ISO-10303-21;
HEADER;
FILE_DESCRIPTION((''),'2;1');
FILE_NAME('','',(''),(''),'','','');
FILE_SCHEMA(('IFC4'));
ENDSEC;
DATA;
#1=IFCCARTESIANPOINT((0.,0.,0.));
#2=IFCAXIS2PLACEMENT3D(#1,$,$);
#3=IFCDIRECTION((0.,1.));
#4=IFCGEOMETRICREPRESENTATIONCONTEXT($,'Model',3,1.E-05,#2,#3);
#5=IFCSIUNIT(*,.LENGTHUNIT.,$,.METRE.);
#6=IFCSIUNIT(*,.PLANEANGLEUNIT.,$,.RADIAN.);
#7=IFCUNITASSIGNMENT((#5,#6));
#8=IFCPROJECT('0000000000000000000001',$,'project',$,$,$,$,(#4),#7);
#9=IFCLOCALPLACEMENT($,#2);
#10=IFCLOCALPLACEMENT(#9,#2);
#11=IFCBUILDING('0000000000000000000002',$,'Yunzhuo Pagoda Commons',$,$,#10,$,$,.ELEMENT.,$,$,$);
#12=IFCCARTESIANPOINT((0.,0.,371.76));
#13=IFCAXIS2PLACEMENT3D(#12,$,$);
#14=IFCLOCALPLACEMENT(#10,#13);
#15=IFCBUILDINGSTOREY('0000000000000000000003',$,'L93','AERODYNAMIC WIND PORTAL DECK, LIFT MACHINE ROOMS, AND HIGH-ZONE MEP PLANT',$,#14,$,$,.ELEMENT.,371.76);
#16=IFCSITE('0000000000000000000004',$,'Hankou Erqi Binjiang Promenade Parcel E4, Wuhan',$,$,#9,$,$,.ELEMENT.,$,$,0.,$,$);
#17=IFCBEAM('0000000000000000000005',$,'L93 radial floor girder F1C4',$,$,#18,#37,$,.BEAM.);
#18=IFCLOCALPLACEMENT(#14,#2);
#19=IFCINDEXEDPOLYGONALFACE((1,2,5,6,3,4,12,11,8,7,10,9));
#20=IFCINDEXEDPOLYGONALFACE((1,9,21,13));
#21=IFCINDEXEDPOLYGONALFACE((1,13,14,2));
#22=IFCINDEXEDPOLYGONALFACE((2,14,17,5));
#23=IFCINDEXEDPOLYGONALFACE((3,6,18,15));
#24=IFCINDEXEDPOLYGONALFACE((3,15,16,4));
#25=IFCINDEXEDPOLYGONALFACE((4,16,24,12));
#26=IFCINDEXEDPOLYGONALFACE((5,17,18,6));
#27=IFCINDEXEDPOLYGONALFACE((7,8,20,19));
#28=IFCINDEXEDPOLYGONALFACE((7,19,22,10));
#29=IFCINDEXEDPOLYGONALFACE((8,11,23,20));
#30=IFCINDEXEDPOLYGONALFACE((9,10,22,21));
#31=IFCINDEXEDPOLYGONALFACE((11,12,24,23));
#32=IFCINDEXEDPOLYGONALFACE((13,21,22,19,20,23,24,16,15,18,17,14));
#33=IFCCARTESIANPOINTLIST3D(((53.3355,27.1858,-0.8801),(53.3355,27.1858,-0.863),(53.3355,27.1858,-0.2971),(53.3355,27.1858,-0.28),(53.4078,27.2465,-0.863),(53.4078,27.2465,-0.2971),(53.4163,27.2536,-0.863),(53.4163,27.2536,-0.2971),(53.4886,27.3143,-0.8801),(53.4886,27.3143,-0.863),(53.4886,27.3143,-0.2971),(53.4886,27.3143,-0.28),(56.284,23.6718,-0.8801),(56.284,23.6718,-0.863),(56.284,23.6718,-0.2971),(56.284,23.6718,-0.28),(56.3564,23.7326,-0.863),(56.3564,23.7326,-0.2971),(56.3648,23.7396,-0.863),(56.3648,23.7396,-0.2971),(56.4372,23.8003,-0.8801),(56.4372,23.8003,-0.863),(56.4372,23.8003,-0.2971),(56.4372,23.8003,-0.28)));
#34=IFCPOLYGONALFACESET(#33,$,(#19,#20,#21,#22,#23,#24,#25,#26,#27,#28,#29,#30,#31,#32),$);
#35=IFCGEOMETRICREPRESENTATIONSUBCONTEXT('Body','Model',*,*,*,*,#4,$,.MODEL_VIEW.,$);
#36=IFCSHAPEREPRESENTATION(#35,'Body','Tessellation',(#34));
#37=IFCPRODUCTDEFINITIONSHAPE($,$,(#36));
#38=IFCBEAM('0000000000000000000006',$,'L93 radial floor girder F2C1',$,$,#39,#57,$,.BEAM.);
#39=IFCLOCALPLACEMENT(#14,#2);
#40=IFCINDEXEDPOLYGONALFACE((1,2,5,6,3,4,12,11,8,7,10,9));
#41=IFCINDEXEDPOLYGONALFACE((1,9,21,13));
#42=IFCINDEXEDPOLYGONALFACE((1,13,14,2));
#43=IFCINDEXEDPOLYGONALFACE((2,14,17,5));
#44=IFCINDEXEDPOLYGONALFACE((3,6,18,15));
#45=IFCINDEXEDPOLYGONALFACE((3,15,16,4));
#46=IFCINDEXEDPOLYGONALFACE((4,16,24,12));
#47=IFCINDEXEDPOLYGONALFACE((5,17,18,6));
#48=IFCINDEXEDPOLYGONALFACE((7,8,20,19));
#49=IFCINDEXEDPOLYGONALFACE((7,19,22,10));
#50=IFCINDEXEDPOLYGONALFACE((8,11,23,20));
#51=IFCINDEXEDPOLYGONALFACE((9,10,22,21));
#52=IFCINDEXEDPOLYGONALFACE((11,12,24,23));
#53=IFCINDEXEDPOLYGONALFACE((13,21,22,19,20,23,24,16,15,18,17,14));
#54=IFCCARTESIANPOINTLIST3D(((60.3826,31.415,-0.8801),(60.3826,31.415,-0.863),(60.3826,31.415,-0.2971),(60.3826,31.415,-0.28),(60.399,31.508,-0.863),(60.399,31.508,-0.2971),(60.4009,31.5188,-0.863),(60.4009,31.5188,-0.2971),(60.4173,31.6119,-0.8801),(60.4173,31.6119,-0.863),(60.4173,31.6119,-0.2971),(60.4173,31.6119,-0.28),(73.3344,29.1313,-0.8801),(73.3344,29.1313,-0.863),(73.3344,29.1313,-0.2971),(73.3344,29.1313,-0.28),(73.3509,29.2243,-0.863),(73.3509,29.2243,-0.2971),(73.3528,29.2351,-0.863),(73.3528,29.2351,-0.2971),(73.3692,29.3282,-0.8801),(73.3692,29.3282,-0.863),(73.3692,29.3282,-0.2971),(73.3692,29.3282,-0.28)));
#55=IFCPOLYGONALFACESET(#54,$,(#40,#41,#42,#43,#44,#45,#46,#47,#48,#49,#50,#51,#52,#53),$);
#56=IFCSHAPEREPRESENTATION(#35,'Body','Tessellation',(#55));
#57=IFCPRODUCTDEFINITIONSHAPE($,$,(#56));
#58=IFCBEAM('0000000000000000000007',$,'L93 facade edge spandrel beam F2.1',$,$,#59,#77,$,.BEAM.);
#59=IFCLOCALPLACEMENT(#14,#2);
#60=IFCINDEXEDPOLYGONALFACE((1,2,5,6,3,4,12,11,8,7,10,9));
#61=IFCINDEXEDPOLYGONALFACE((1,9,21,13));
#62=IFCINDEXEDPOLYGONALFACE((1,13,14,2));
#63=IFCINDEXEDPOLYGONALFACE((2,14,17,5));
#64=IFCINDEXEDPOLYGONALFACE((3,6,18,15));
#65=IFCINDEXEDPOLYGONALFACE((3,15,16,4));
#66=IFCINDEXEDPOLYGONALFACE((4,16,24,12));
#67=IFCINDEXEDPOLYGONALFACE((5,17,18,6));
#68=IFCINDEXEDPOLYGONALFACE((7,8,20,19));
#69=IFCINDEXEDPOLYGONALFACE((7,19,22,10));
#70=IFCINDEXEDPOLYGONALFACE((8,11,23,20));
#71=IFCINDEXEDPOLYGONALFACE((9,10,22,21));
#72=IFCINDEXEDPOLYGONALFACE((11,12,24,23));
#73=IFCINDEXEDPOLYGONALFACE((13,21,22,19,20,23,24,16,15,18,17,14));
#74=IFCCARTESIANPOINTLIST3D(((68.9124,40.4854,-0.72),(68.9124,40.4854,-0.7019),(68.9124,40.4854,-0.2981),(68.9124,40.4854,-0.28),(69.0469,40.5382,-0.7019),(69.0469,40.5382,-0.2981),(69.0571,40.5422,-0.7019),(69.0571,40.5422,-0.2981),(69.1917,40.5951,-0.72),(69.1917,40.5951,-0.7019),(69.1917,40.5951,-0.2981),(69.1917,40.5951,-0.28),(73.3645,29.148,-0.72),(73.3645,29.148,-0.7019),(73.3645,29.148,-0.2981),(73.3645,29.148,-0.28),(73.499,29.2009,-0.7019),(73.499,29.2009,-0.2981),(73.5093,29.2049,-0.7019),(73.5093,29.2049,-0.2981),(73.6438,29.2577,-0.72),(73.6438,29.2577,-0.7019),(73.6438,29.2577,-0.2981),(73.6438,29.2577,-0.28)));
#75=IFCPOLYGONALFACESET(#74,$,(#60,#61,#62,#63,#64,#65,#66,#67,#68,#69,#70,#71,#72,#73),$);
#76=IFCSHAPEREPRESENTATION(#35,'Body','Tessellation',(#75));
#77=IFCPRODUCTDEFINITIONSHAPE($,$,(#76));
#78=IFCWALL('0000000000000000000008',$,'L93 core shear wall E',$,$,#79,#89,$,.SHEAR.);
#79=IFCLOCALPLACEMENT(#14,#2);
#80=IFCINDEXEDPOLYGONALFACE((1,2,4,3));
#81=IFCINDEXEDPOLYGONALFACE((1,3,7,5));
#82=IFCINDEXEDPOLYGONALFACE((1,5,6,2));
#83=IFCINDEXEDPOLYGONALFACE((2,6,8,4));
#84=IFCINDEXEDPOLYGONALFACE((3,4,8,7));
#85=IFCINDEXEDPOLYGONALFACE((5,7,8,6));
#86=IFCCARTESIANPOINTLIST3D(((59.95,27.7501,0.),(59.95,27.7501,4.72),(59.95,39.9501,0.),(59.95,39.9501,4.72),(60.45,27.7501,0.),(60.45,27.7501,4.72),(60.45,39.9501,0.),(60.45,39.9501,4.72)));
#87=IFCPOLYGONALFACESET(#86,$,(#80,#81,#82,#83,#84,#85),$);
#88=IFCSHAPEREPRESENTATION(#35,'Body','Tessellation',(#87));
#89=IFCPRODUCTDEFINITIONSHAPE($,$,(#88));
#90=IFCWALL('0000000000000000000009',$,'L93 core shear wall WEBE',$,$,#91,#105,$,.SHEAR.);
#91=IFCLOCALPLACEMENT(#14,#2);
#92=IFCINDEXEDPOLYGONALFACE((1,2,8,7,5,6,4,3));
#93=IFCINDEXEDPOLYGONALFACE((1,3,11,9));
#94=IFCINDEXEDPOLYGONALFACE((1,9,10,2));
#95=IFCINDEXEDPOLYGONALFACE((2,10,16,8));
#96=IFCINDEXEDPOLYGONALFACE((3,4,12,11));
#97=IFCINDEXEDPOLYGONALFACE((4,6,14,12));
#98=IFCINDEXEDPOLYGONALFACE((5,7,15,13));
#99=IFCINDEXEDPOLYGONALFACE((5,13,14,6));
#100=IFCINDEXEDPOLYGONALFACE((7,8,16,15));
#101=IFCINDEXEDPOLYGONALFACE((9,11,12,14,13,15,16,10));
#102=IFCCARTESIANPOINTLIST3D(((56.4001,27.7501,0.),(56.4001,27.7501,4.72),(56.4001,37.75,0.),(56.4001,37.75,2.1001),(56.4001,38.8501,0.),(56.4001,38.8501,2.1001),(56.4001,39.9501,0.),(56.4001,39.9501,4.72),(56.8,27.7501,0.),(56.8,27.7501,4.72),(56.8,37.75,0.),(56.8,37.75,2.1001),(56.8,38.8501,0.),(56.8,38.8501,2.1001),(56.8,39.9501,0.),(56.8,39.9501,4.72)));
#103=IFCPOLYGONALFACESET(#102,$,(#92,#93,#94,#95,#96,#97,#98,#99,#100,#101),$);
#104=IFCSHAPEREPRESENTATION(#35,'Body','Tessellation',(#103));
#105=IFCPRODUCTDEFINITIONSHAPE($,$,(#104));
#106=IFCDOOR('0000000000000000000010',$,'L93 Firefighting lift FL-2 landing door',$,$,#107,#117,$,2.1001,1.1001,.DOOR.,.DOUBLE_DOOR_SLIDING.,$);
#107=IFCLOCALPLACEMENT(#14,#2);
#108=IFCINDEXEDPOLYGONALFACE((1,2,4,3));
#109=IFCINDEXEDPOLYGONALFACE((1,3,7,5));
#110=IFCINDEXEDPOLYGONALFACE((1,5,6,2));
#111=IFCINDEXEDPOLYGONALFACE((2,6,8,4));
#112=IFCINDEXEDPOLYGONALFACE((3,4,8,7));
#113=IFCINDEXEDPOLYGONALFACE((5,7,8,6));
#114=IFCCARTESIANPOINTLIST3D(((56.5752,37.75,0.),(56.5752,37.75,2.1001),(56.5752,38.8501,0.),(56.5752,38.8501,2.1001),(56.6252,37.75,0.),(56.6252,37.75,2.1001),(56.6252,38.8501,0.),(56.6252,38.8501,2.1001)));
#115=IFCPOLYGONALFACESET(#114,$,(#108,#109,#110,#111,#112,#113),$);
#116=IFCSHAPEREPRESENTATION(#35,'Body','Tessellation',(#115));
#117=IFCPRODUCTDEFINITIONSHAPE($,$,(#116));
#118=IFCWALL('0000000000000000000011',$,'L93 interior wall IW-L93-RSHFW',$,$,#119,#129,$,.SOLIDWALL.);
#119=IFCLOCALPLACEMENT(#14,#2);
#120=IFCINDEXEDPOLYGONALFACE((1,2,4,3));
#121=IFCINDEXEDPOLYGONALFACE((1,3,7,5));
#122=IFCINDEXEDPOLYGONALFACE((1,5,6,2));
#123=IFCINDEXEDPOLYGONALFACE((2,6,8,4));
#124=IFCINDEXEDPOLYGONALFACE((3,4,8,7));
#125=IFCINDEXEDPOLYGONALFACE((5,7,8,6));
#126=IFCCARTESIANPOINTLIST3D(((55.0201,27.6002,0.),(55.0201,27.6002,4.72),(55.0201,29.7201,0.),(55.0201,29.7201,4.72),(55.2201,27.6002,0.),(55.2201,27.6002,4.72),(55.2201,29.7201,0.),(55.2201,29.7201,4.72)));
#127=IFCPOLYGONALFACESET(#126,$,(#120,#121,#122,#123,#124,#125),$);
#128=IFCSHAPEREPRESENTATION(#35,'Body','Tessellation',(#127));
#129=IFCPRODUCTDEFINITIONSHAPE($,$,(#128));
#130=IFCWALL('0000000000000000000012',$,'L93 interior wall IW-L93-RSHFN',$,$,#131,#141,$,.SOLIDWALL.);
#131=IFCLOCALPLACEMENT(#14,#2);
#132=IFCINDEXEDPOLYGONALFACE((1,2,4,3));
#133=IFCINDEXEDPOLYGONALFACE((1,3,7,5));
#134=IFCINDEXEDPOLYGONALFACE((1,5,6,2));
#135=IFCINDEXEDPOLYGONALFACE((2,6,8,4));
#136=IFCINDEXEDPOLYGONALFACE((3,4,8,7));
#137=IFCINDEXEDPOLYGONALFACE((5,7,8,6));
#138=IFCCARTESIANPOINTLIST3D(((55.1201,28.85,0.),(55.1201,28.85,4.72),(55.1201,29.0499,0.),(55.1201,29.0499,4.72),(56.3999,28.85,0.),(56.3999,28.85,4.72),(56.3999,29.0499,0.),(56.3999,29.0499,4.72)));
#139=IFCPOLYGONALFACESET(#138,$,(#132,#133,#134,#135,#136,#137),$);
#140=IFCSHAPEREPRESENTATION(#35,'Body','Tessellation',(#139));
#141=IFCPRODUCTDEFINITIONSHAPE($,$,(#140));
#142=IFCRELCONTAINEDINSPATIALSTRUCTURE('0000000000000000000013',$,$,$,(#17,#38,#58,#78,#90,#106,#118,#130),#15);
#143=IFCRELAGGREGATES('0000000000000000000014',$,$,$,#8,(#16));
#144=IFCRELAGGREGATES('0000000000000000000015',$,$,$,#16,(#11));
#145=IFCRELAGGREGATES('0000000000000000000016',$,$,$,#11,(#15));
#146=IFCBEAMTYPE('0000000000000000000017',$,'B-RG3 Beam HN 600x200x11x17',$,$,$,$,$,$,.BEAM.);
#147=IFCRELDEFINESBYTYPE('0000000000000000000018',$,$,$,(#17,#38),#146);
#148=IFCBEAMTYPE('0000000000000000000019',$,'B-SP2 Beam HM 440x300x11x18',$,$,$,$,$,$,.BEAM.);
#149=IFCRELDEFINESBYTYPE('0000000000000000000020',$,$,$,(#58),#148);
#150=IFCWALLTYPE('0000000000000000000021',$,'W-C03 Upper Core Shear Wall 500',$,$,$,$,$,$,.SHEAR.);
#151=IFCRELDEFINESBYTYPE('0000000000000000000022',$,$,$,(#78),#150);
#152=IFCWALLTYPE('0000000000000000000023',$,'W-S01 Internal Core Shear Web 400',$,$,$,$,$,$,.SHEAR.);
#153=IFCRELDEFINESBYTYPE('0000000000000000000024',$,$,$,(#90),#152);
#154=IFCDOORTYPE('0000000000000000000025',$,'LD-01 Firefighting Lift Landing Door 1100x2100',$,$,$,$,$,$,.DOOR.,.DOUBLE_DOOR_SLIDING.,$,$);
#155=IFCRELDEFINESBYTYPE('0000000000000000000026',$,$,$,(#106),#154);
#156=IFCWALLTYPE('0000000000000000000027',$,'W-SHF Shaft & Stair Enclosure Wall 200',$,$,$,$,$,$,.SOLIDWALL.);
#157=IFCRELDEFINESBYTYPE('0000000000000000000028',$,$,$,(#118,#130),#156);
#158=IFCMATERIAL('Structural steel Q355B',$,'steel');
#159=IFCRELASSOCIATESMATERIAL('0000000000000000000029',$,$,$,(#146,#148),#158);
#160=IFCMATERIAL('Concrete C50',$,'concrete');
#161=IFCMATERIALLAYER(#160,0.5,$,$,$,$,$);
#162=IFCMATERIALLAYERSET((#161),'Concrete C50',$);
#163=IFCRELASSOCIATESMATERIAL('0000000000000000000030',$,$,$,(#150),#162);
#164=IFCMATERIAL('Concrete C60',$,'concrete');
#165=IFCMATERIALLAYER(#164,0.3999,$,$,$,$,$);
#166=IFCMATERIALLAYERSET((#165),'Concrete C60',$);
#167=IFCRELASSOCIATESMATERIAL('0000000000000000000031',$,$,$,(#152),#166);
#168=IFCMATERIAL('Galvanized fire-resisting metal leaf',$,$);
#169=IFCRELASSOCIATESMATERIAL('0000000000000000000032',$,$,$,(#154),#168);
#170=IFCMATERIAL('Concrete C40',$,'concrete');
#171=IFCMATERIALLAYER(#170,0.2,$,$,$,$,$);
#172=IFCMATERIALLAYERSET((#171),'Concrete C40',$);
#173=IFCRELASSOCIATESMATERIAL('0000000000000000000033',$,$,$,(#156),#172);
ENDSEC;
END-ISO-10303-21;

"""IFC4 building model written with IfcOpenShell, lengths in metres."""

from ifc_helpers import new_model, si_unit, direction, frame, frame_2d, origin, origin_with_axes, origin_2d, place, context, subcontext, project, spatial, rectangle, i_section, extrude, source, transform, mapped, material, layer, layer_set, material_profile, profile_set, type_object, element, fill, save


model = new_model("IFC4")

# Units and contexts
model_context = context("Model", 3, precision=1e-05, world=origin(), true_north=direction((0.0, 1.0)))
body_context = subcontext(model_context, "Body", "Model", "MODEL_VIEW")
ifc_project = project(units=[si_unit("LENGTHUNIT", "METRE"), si_unit("PLANEANGLEUNIT", "RADIAN")], contexts=[model_context])

# Site, building, storey
site_placement = place(None, origin())
site = spatial("IfcSite", under=ifc_project, at=site_placement, Name="Hankou Erqi Binjiang Promenade Parcel E4, Wuhan", CompositionType="ELEMENT", RefElevation=0.0)
building_placement = place(site_placement, origin())
building = spatial("IfcBuilding", under=site, at=building_placement, Name="Yunzhuo Pagoda Commons", CompositionType="ELEMENT")
storey_placement = place(building_placement, frame((0.0, 0.0, 371.76)))
storey = spatial("IfcBuildingStorey", under=building, at=storey_placement, Name="L93", Description="AERODYNAMIC WIND PORTAL DECK, LIFT MACHINE ROOMS, AND HIGH-ZONE MEP PLANT", CompositionType="ELEMENT", Elevation=371.76)

# Shared definitions
ifc_material_1 = material(Name="Structural steel Q355B", Category="steel")

# Beams
ifc_material_profile_1 = material_profile(ifc_material_1, i_section(OverallWidth=0.2, OverallDepth=0.6001, WebThickness=0.011, FlangeThickness=0.0171, at=origin_2d()), Name="Structural steel Q355B")
ifc_profile_set_1 = profile_set([ifc_material_profile_1], Name="Structural steel Q355B")
beam_type_1 = type_object("IfcBeamType", Name="B-RG3 Beam HN 600x200x11x17", PredefinedType="BEAM", material=ifc_profile_set_1)
shared_shape_1 = source(origin(), body_context, "Body", "SweptSolid", [
    extrude(i_section(OverallWidth=0.2, OverallDepth=0.6001, WebThickness=0.011, FlangeThickness=0.0171, at=origin_2d()), origin(), (0.0, 0.0, 1.0), 4.5872),
])
beam_1_placement = place(storey_placement, frame((56.3606, 23.7361, -0.5801), z_axis=(-0.642783, 0.766049, 0.0), x_axis=(-0.766049, -0.642783, 0.0)))
element("IfcBeam", 1, at=beam_1_placement, inside=storey, type_object=beam_type_1, Name="L93 radial floor girder F1C4", PredefinedType="BEAM", context=body_context, shape_type="MappedRepresentation", body=[
    mapped(shared_shape_1, transform((0.0, 0.0, 0.0), scale=1.0)),
])
shared_shape_2 = source(origin(), body_context, "Body", "SweptSolid", [
    extrude(i_section(OverallWidth=0.2, OverallDepth=0.6001, WebThickness=0.011, FlangeThickness=0.0171, at=origin_2d()), origin(), (0.0, 0.0, 1.0), 13.1516),
])
beam_2_placement = place(storey_placement, frame((73.3518, 29.2297, -0.5801), z_axis=(-0.984809, 0.173642, 0.0), x_axis=(-0.173642, -0.984809, 0.0)))
element("IfcBeam", 2, at=beam_2_placement, inside=storey, type_object=beam_type_1, Name="L93 radial floor girder F2C1", PredefinedType="BEAM", context=body_context, shape_type="MappedRepresentation", body=[
    mapped(shared_shape_2, transform((0.0, 0.0, 0.0), scale=1.0)),
])
ifc_material_profile_2 = material_profile(ifc_material_1, i_section(OverallWidth=0.3, OverallDepth=0.4399, WebThickness=0.011, FlangeThickness=0.0181, at=origin_2d()), Name="Structural steel Q355B")
ifc_profile_set_2 = profile_set([ifc_material_profile_2], Name="Structural steel Q355B")
beam_type_2 = type_object("IfcBeamType", Name="B-SP2 Beam HM 440x300x11x18", PredefinedType="BEAM", material=ifc_profile_set_2)
shared_shape_3 = source(origin(), body_context, "Body", "SweptSolid", [
    extrude(i_section(OverallWidth=0.3, OverallDepth=0.4399, WebThickness=0.011, FlangeThickness=0.0181, at=origin_2d()), origin(), (0.0, 0.0, 1.0), 12.1802),
])
beam_3_placement = place(storey_placement, frame((73.5042, 29.2029, -0.5), z_axis=(-0.365522, 0.930803, 0.0), x_axis=(-0.930803, -0.365522, 0.0)))
element("IfcBeam", 3, at=beam_3_placement, inside=storey, type_object=beam_type_2, Name="L93 facade edge spandrel beam F2.1", PredefinedType="BEAM", context=body_context, shape_type="MappedRepresentation", body=[
    mapped(shared_shape_3, transform((0.0, 0.0, 0.0), scale=1.0)),
])

# Wall
ifc_material_2 = material(Name="Concrete C50", Category="concrete")
ifc_layer_1 = layer(ifc_material_2, 0.5)
ifc_layer_set_1 = layer_set([ifc_layer_1], Name="Concrete C50")
wall_type_1 = type_object("IfcWallType", Name="W-C03 Upper Core Shear Wall 500", PredefinedType="SHEAR", material=ifc_layer_set_1)
wall_1_placement = place(storey_placement, frame((60.2, 27.75, 0.0), z_axis=(0.0, 0.0, 1.0), x_axis=(0.0, 1.0, 0.0)))
element("IfcWall", 4, at=wall_1_placement, inside=storey, type_object=wall_type_1, Name="L93 core shear wall E", PredefinedType="SHEAR", context=body_context, shape_type="SweptSolid", body=[
    extrude(rectangle(XDim=12.2, YDim=0.5, at=frame_2d((6.1001, 0.0))), origin(), (0.0, 0.0, 1.0), 4.72),
])

# Wall, opening, door
ifc_material_3 = material(Name="Concrete C60", Category="concrete")
ifc_layer_2 = layer(ifc_material_3, 0.3999)
ifc_layer_set_2 = layer_set([ifc_layer_2], Name="Concrete C60")
wall_type_2 = type_object("IfcWallType", Name="W-S01 Internal Core Shear Web 400", PredefinedType="SHEAR", material=ifc_layer_set_2)
wall_2_placement = place(storey_placement, frame((56.6001, 27.75, 0.0), z_axis=(0.0, 0.0, 1.0), x_axis=(0.0, 1.0, 0.0)))
wall_2 = element("IfcWall", 5, at=wall_2_placement, inside=storey, type_object=wall_type_2, Name="L93 core shear wall WEBE", PredefinedType="SHEAR", context=body_context, shape_type="SweptSolid", body=[
    extrude(rectangle(XDim=12.2, YDim=0.3999, at=frame_2d((6.1001, 0.0))), origin(), (0.0, 0.0, 1.0), 4.72),
])
opening_placement = place(wall_2_placement, frame((10.0, 0.0, 0.0)))
opening = element("IfcOpeningElement", 6, at=opening_placement, cuts=wall_2, PredefinedType="OPENING", context=body_context, shape_type="SweptSolid", body=[
    extrude(rectangle(XDim=1.1001, YDim=2.1001, at=frame_2d((0.55, 1.05))), frame((0.0, 0.21, 0.0), z_axis=(0.0, -1.0, 0.0), x_axis=(1.0, 0.0, 0.0)), (0.0, 0.0, 1.0), 0.4199),
])
ifc_material_4 = material(Name="Galvanized fire-resisting metal leaf")
door_type = type_object("IfcDoorType", Name="LD-01 Firefighting Lift Landing Door 1100x2100", OperationType="DOUBLE_DOOR_SLIDING", PredefinedType="DOOR", material=ifc_material_4)
shared_shape_4 = source(origin(), body_context, "Body", "SweptSolid", [
    extrude(rectangle(XDim=1.1001, YDim=2.1001, at=frame_2d((0.55, 1.05))), frame((0.0, 0.0249, 0.0), z_axis=(0.0, -1.0, 0.0), x_axis=(1.0, 0.0, 0.0)), (0.0, 0.0, 1.0), 0.05),
])
door_placement = place(opening_placement, origin_with_axes())
door = element("IfcDoor", 7, at=door_placement, inside=storey, type_object=door_type, Name="L93 Firefighting lift FL-2 landing door", OperationType="DOUBLE_DOOR_SLIDING", OverallHeight=2.1001, OverallWidth=1.1001, PredefinedType="DOOR", context=body_context, shape_type="MappedRepresentation", body=[
    mapped(shared_shape_4, transform((0.0, 0.0, 0.0), scale=1.0)),
])
fill(opening, door)

# Walls
ifc_material_5 = material(Name="Concrete C40", Category="concrete")
ifc_layer_3 = layer(ifc_material_5, 0.2)
ifc_layer_set_3 = layer_set([ifc_layer_3], Name="Concrete C40")
wall_type_3 = type_object("IfcWallType", Name="W-SHF Shaft & Stair Enclosure Wall 200", PredefinedType="SOLIDWALL", material=ifc_layer_set_3)
wall_3_placement = place(storey_placement, frame((55.1201, 27.6001, 0.0), z_axis=(0.0, 0.0, 1.0), x_axis=(0.0, 1.0, 0.0)))
element("IfcWall", 8, at=wall_3_placement, inside=storey, type_object=wall_type_3, Name="L93 interior wall IW-L93-RSHFW", PredefinedType="SOLIDWALL", context=body_context, shape_type="SweptSolid", body=[
    extrude(rectangle(XDim=2.1199, YDim=0.2, at=frame_2d((1.0601, 0.0))), origin(), (0.0, 0.0, 1.0), 4.72),
])
wall_4_placement = place(storey_placement, frame((55.1201, 28.95, 0.0), z_axis=(0.0, 0.0, 1.0), x_axis=(1.0, 0.0, 0.0)))
element("IfcWall", 9, at=wall_4_placement, inside=storey, type_object=wall_type_3, Name="L93 interior wall IW-L93-RSHFN", PredefinedType="SOLIDWALL", context=body_context, shape_type="SweptSolid", body=[
    extrude(rectangle(XDim=1.2798, YDim=0.2, at=frame_2d((0.6399, 0.0))), origin(), (0.0, 0.0, 1.0), 4.72),
])

save(model, "model.ifc")
